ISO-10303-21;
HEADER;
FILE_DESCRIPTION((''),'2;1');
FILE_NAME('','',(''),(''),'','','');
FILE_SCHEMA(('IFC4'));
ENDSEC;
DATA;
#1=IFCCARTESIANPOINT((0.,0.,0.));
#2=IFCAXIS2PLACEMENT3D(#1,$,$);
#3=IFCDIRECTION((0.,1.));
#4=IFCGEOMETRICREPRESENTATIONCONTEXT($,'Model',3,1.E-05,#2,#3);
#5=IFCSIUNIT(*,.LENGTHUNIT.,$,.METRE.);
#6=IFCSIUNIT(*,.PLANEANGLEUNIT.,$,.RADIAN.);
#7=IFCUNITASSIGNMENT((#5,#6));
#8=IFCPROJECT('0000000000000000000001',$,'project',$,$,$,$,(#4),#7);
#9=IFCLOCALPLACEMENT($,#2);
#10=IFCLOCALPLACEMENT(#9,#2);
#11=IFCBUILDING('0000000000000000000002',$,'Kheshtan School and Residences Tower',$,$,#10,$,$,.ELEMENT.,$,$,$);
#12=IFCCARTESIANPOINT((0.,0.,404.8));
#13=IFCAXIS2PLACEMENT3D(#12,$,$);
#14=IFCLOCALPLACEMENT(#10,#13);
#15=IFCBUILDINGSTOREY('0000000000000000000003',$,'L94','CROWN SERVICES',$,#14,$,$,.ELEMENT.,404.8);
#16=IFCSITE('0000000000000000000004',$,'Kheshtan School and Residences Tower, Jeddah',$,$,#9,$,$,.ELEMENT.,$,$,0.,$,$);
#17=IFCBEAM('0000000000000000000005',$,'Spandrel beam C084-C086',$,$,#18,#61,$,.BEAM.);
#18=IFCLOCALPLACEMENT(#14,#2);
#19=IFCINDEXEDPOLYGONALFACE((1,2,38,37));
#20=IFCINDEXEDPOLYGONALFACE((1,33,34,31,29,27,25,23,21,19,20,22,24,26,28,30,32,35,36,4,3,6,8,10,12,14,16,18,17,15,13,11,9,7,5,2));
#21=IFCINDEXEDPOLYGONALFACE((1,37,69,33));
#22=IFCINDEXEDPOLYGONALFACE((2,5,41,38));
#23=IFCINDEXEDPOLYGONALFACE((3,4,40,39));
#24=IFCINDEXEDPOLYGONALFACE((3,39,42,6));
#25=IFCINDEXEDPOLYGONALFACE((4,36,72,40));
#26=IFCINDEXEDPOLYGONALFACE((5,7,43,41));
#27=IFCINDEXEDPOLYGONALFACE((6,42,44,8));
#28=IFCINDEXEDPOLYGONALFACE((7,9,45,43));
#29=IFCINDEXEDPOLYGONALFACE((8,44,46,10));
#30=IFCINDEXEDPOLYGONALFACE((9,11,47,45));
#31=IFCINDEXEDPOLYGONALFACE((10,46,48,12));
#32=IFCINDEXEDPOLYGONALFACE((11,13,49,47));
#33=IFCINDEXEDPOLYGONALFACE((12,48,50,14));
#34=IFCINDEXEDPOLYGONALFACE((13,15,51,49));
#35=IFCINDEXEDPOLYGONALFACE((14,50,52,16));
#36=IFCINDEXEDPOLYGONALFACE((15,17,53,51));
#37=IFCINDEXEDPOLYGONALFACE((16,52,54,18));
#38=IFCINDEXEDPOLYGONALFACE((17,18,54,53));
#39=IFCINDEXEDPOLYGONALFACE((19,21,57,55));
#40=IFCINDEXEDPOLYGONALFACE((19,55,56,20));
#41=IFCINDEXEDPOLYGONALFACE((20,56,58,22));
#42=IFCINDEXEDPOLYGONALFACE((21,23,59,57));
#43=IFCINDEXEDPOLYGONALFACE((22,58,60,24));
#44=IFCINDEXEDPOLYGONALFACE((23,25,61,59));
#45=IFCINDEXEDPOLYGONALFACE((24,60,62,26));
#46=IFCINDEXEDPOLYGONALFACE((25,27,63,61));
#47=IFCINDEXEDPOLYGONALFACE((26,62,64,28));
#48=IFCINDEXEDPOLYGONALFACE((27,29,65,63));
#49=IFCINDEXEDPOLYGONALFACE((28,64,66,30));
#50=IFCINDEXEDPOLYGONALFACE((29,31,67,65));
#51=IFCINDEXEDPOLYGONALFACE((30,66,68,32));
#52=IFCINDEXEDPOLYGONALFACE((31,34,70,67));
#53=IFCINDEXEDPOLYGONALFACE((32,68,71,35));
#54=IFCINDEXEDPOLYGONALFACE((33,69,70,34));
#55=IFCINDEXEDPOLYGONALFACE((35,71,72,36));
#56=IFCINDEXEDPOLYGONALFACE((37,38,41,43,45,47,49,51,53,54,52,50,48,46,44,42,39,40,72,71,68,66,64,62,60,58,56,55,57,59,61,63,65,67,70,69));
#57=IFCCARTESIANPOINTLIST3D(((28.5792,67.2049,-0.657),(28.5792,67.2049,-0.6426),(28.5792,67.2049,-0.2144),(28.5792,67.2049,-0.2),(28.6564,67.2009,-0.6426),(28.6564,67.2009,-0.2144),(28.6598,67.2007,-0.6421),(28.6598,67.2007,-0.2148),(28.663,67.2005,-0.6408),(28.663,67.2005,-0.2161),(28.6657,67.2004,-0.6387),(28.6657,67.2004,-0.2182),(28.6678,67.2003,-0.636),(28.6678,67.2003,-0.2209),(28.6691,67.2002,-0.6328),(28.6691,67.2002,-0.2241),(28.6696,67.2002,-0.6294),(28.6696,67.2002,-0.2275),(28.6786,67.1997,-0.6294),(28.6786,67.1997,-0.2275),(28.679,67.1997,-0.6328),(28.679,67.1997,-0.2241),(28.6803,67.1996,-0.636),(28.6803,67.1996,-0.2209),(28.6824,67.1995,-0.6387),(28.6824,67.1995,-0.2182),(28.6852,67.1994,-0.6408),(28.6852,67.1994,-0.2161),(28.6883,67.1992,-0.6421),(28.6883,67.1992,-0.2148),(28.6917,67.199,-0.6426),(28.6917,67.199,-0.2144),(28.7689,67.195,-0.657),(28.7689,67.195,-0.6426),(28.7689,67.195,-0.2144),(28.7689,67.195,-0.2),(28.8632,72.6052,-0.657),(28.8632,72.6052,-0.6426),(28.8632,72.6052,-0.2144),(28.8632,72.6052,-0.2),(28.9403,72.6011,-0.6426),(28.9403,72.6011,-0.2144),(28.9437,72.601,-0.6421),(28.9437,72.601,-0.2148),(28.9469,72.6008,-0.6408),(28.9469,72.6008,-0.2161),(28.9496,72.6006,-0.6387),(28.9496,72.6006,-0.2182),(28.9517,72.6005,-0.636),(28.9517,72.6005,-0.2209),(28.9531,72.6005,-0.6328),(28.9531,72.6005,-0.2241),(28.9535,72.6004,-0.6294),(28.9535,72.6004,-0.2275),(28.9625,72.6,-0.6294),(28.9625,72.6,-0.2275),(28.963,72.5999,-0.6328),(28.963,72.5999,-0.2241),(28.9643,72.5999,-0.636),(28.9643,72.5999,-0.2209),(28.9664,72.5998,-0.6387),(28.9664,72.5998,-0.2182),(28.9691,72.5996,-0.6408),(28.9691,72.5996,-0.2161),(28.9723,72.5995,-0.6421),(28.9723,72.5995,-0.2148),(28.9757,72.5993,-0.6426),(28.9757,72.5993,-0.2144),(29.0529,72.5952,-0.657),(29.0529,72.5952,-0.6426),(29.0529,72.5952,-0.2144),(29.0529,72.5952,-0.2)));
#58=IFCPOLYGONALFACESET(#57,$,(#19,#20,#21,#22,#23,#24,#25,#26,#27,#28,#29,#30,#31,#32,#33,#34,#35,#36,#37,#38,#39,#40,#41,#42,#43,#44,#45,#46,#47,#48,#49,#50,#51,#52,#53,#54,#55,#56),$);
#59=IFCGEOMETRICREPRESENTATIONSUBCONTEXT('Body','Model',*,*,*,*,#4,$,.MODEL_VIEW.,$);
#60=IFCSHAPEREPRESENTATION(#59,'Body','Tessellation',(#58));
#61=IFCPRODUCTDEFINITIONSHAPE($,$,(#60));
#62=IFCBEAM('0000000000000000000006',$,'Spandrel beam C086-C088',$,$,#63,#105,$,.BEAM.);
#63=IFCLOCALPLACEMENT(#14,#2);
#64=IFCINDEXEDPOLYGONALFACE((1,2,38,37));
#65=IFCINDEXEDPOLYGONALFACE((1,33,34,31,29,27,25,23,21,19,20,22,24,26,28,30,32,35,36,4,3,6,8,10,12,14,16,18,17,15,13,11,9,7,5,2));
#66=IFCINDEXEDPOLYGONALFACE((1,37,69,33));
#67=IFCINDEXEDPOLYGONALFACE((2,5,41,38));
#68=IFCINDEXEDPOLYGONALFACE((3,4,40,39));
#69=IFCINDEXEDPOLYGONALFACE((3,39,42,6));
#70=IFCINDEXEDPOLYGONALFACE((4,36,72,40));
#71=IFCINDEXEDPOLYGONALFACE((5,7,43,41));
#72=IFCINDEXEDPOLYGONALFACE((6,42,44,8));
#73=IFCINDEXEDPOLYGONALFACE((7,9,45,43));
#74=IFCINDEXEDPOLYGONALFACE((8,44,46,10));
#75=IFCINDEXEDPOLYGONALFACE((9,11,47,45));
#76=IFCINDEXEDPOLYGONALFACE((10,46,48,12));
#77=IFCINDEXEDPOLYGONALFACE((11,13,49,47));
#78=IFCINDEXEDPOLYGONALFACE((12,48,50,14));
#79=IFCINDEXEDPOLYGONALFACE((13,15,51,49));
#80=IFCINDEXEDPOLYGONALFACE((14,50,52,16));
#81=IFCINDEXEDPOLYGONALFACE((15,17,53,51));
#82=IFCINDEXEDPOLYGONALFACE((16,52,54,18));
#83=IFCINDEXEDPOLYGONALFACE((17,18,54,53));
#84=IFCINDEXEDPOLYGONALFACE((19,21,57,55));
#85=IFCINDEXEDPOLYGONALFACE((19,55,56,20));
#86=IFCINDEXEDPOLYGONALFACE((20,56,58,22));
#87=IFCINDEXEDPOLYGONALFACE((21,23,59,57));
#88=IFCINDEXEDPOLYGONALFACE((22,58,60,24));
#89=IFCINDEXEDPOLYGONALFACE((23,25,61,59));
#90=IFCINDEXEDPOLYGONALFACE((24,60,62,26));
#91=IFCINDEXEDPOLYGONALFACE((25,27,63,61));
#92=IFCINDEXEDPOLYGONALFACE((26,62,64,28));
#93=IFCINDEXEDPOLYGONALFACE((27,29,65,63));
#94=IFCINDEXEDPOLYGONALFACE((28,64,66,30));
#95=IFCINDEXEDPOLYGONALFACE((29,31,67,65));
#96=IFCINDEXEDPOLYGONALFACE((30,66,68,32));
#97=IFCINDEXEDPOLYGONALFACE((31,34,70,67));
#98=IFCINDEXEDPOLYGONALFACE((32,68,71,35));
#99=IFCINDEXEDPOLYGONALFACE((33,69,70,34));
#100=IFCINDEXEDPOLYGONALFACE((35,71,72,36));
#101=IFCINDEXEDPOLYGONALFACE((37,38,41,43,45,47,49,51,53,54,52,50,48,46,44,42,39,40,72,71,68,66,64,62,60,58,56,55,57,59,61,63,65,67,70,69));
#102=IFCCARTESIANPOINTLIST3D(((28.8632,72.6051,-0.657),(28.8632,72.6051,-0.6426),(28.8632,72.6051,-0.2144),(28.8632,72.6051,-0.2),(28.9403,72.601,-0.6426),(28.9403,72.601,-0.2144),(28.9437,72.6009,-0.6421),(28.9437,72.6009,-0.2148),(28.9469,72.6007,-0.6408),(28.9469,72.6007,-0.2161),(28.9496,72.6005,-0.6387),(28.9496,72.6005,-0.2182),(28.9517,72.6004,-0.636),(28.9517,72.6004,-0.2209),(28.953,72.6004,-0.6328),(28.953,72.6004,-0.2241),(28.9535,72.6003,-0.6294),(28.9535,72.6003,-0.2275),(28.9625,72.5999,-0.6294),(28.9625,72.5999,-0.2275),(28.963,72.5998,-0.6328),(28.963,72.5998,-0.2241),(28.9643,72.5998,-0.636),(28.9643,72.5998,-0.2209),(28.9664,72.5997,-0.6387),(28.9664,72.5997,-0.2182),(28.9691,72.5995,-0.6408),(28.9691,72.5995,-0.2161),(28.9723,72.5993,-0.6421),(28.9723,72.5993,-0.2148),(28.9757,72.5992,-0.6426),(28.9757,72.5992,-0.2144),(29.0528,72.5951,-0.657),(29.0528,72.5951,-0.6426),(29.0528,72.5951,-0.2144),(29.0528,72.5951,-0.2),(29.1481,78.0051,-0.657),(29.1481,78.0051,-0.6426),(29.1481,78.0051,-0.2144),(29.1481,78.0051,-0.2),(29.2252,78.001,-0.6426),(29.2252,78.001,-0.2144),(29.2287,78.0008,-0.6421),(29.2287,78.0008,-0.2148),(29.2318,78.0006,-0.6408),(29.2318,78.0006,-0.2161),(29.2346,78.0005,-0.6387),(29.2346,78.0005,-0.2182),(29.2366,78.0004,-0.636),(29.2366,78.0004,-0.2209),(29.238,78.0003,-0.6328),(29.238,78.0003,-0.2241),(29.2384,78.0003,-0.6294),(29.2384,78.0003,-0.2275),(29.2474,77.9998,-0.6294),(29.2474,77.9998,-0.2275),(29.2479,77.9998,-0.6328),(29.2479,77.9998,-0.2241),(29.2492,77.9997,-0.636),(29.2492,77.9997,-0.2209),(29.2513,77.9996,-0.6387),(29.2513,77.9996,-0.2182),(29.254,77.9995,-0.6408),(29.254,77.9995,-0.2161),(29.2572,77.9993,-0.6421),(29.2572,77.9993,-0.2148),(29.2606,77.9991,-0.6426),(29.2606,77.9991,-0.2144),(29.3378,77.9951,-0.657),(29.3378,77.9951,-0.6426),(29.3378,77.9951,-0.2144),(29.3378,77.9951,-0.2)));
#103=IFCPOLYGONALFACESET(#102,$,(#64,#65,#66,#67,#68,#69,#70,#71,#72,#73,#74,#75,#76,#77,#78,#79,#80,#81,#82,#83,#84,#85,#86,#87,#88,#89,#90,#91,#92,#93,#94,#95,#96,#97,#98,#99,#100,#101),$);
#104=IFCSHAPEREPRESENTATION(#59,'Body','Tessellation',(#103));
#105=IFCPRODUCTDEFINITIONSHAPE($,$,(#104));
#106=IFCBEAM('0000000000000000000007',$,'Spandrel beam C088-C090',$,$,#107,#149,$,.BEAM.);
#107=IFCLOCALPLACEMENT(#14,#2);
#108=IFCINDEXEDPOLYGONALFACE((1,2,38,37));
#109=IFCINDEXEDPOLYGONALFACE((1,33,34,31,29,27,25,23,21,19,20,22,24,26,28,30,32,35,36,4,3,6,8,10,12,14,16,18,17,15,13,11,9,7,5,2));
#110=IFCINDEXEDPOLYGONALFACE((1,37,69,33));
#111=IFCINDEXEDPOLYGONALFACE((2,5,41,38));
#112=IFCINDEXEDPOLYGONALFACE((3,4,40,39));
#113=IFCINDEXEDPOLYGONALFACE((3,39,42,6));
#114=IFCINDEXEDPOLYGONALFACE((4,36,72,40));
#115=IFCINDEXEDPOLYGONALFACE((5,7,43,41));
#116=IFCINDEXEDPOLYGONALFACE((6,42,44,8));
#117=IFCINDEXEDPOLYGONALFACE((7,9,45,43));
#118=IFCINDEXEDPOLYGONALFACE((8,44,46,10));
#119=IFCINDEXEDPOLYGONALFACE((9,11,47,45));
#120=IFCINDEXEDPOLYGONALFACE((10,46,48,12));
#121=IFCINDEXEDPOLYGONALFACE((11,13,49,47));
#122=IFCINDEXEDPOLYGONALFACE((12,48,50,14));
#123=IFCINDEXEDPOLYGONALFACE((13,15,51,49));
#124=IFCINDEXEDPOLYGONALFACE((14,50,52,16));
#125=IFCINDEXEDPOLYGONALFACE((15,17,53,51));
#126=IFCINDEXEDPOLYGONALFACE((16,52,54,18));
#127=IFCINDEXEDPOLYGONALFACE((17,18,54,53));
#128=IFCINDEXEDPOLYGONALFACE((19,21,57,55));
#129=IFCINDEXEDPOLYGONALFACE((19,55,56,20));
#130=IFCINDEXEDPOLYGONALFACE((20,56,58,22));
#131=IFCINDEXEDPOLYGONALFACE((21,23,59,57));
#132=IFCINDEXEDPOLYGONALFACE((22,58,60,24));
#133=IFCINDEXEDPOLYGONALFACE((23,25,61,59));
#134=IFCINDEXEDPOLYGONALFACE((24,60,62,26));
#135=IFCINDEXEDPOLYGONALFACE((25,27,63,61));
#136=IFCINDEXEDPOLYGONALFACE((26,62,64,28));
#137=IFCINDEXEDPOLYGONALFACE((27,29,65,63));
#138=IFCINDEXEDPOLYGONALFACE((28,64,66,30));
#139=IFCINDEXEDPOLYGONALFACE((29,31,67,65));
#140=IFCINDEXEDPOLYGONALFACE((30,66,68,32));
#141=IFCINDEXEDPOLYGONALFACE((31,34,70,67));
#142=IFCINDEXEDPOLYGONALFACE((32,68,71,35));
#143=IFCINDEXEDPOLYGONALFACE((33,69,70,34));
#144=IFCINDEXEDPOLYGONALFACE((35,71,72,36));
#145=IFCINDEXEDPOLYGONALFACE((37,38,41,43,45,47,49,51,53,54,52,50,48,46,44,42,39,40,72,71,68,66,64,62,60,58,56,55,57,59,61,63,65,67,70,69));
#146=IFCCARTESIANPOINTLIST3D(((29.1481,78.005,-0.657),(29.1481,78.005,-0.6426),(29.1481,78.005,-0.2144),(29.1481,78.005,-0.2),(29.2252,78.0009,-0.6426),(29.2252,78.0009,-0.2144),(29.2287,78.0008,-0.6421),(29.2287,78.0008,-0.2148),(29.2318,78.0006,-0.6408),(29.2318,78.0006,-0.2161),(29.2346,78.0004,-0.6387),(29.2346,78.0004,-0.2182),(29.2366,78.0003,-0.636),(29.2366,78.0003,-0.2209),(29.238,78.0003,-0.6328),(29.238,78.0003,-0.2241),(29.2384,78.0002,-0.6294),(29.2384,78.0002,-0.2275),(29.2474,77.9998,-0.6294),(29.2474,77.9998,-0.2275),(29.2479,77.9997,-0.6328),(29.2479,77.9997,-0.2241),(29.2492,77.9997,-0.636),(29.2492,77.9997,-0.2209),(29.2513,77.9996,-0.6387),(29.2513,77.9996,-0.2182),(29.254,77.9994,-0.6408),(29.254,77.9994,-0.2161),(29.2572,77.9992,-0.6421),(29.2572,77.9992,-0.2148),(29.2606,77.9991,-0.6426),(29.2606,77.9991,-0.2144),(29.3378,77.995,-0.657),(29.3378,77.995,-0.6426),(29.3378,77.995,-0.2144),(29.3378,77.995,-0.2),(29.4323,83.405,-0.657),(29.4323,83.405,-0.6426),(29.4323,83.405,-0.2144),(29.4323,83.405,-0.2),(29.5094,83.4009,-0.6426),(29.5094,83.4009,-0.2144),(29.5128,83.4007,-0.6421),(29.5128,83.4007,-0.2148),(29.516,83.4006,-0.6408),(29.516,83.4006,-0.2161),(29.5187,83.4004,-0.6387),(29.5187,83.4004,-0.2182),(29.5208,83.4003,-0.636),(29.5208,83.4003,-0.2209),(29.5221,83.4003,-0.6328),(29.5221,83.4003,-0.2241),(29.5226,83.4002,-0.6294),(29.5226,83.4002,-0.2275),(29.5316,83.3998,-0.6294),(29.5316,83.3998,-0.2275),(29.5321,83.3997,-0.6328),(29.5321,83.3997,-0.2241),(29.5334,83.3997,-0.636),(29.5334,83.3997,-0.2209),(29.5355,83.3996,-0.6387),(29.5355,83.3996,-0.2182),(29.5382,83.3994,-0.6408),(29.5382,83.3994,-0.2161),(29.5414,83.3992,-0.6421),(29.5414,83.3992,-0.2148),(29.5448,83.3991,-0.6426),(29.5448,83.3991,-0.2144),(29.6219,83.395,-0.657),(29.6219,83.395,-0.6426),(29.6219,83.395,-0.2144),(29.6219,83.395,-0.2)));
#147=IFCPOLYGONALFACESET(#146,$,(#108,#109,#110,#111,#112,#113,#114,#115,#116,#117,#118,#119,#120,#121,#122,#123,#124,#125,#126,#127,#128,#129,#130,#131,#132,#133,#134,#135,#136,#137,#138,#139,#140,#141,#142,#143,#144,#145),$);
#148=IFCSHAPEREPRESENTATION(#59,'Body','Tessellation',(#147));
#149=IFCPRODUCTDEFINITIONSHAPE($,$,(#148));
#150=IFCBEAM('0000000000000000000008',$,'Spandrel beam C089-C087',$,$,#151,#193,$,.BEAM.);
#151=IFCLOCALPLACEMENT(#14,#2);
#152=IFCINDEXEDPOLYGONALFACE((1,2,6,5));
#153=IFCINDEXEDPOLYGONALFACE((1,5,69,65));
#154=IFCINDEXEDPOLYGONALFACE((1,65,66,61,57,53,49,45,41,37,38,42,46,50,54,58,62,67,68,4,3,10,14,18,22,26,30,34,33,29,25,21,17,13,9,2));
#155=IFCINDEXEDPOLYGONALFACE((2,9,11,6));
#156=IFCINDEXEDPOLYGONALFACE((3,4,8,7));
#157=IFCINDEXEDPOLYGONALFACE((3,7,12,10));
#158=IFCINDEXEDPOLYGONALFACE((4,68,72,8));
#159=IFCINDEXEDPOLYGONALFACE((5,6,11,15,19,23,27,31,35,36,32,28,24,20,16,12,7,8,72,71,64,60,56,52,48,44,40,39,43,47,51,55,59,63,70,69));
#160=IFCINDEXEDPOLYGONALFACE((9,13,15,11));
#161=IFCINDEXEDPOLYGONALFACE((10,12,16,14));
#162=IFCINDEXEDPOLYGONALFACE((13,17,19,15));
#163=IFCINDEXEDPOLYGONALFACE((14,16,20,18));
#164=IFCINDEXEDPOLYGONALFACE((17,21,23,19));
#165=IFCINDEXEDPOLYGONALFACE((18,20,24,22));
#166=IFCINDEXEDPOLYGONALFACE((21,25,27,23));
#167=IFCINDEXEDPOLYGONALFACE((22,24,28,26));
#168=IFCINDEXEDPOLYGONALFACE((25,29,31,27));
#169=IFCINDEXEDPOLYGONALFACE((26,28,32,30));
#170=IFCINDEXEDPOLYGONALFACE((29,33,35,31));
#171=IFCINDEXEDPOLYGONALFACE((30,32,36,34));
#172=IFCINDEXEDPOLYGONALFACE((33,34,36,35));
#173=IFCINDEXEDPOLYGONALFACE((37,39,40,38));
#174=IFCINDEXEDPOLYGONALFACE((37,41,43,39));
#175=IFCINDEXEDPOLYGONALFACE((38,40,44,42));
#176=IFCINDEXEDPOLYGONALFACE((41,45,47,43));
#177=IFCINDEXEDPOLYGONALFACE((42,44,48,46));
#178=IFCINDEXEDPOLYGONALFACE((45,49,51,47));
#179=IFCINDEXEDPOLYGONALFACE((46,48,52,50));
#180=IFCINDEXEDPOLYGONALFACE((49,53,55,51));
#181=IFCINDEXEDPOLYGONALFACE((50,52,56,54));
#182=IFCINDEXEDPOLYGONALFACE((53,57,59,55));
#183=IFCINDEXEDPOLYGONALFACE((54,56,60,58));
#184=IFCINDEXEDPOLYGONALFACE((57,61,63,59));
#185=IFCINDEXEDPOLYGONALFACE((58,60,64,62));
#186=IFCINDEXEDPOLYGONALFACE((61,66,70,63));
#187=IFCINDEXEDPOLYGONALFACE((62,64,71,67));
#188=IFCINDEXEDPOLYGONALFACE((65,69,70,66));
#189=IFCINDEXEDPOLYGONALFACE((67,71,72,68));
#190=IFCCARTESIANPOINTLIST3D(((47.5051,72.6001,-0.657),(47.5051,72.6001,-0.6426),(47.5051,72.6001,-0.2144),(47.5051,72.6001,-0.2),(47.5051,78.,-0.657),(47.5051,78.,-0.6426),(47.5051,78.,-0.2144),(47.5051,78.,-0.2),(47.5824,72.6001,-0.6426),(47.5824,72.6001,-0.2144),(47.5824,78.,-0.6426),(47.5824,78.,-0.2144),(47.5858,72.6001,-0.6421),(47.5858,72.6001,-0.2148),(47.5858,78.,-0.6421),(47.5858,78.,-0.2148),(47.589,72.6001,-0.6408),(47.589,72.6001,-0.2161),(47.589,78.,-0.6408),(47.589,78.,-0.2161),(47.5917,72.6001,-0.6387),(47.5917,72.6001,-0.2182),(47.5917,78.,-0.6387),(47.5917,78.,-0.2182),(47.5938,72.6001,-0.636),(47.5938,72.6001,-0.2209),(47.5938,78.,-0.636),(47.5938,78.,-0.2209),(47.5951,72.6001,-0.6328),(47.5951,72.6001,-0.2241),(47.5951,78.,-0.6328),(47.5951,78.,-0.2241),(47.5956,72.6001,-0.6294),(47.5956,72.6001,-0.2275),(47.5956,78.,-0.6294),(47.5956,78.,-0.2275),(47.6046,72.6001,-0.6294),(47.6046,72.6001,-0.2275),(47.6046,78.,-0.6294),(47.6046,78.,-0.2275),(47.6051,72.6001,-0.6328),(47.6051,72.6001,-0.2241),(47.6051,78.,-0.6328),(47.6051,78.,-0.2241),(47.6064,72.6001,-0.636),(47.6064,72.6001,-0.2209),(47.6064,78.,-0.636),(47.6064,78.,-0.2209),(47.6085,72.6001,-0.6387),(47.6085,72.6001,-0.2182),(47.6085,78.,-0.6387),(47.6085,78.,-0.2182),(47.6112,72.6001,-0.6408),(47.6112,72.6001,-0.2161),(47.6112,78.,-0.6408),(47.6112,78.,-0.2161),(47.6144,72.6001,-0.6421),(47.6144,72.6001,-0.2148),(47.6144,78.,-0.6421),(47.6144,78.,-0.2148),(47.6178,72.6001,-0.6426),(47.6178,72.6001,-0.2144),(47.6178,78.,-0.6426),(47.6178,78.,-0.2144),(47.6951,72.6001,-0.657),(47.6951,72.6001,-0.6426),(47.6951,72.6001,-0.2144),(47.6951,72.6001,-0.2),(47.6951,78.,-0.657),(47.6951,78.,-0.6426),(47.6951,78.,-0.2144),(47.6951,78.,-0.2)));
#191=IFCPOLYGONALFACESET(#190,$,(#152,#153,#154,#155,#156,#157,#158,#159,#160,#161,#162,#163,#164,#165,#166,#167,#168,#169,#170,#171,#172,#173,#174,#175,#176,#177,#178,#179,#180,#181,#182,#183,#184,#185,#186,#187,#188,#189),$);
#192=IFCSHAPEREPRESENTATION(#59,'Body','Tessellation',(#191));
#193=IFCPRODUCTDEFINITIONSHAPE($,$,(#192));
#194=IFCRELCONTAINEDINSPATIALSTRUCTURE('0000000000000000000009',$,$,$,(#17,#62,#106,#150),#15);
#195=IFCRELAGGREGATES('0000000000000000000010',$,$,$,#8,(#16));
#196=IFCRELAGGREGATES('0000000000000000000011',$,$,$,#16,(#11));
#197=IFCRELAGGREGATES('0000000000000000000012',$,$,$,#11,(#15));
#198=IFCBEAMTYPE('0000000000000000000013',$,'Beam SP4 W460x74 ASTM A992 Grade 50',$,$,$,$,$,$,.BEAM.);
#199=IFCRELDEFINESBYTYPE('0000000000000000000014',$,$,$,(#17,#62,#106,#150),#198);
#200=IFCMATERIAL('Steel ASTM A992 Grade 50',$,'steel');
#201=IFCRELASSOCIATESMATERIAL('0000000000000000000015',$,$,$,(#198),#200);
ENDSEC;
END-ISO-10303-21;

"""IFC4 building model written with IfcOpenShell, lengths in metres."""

from ifc_helpers import new_model, si_unit, direction, frame, origin, origin_2d, place, context, subcontext, project, spatial, i_section, extrude, material, material_profile, profile_set, type_object, element, save


model = new_model("IFC4")

# Units and contexts
model_context = context("Model", 3, precision=1e-05, world=origin(), true_north=direction((0.0, 1.0)))
body_context = subcontext(model_context, "Body", "Model", "MODEL_VIEW")
ifc_project = project(units=[si_unit("LENGTHUNIT", "METRE"), si_unit("PLANEANGLEUNIT", "RADIAN")], contexts=[model_context])

# Site, building, storey
site_placement = place(None, origin())
site = spatial("IfcSite", under=ifc_project, at=site_placement, Name="Kheshtan School and Residences Tower, Jeddah", CompositionType="ELEMENT", RefElevation=0.0)
building_placement = place(site_placement, origin())
building = spatial("IfcBuilding", under=site, at=building_placement, Name="Kheshtan School and Residences Tower", CompositionType="ELEMENT")
storey_placement = place(building_placement, frame((0.0, 0.0, 404.8)))
storey = spatial("IfcBuildingStorey", under=building, at=storey_placement, Name="L94", Description="CROWN SERVICES", CompositionType="ELEMENT", Elevation=404.8)

# Beams
ifc_material_1 = material(Name="Steel ASTM A992 Grade 50", Category="steel")
ifc_material_profile_1 = material_profile(ifc_material_1, i_section(OverallWidth=0.1899, OverallDepth=0.457, WebThickness=0.009, FlangeThickness=0.0144, FilletRadius=0.0132, at=origin_2d()), Name="W460x74")
ifc_profile_set_1 = profile_set([ifc_material_profile_1], Name="Steel ASTM A992 Grade 50")
beam_type_1 = type_object("IfcBeamType", Name="Beam SP4 W460x74 ASTM A992 Grade 50", PredefinedType="BEAM", material=ifc_profile_set_1)
beam_1_placement = place(storey_placement, frame((28.6741, 67.2, -0.4285), z_axis=(0.052507, 0.998621, 0.0), x_axis=(-0.998621, 0.052507, 0.0)))
element("IfcBeam", 1, at=beam_1_placement, inside=storey, type_object=beam_type_1, Name="Spandrel beam C084-C086", PredefinedType="BEAM", context=body_context, shape_type="SweptSolid", body=[
    extrude(i_section(OverallWidth=0.1899, OverallDepth=0.457, WebThickness=0.009, FlangeThickness=0.0144, FilletRadius=0.0132, at=origin_2d()), origin(), (0.0, 0.0, 1.0), 5.4077),
])
for number, where, z_axis, x_axis, name in (
    (2, (28.958, 72.6001, -0.4285), (0.052689, 0.998611, 0.0), (-0.998611, 0.052689, 0.0), "Spandrel beam C086-C088"),
    (3, (29.2429, 78.0, -0.4285), (0.052554, 0.998618, 0.0), (-0.998618, 0.052554, 0.0), "Spandrel beam C088-C090"),
):
    element("IfcBeam", number, at=place(storey_placement, frame(where, z_axis=z_axis, x_axis=x_axis)), inside=storey, type_object=beam_type_1, Name=name, PredefinedType="BEAM", context=body_context, shape_type="SweptSolid", body=[
        extrude(i_section(OverallWidth=0.1899, OverallDepth=0.457, WebThickness=0.009, FlangeThickness=0.0144, FilletRadius=0.0132, at=origin_2d()), origin(), (0.0, 0.0, 1.0), 5.4075),
    ])
beam_2_placement = place(storey_placement, frame((47.6001, 78.0, -0.4285), z_axis=(0.0, -1.0, 0.0), x_axis=(1.0, 0.0, 0.0)))
element("IfcBeam", 4, at=beam_2_placement, inside=storey, type_object=beam_type_1, Name="Spandrel beam C089-C087", PredefinedType="BEAM", context=body_context, shape_type="SweptSolid", body=[
    extrude(i_section(OverallWidth=0.1899, OverallDepth=0.457, WebThickness=0.009, FlangeThickness=0.0144, FilletRadius=0.0132, at=origin_2d()), origin(), (0.0, 0.0, 1.0), 5.3999),
])

save(model, "model.ifc")
